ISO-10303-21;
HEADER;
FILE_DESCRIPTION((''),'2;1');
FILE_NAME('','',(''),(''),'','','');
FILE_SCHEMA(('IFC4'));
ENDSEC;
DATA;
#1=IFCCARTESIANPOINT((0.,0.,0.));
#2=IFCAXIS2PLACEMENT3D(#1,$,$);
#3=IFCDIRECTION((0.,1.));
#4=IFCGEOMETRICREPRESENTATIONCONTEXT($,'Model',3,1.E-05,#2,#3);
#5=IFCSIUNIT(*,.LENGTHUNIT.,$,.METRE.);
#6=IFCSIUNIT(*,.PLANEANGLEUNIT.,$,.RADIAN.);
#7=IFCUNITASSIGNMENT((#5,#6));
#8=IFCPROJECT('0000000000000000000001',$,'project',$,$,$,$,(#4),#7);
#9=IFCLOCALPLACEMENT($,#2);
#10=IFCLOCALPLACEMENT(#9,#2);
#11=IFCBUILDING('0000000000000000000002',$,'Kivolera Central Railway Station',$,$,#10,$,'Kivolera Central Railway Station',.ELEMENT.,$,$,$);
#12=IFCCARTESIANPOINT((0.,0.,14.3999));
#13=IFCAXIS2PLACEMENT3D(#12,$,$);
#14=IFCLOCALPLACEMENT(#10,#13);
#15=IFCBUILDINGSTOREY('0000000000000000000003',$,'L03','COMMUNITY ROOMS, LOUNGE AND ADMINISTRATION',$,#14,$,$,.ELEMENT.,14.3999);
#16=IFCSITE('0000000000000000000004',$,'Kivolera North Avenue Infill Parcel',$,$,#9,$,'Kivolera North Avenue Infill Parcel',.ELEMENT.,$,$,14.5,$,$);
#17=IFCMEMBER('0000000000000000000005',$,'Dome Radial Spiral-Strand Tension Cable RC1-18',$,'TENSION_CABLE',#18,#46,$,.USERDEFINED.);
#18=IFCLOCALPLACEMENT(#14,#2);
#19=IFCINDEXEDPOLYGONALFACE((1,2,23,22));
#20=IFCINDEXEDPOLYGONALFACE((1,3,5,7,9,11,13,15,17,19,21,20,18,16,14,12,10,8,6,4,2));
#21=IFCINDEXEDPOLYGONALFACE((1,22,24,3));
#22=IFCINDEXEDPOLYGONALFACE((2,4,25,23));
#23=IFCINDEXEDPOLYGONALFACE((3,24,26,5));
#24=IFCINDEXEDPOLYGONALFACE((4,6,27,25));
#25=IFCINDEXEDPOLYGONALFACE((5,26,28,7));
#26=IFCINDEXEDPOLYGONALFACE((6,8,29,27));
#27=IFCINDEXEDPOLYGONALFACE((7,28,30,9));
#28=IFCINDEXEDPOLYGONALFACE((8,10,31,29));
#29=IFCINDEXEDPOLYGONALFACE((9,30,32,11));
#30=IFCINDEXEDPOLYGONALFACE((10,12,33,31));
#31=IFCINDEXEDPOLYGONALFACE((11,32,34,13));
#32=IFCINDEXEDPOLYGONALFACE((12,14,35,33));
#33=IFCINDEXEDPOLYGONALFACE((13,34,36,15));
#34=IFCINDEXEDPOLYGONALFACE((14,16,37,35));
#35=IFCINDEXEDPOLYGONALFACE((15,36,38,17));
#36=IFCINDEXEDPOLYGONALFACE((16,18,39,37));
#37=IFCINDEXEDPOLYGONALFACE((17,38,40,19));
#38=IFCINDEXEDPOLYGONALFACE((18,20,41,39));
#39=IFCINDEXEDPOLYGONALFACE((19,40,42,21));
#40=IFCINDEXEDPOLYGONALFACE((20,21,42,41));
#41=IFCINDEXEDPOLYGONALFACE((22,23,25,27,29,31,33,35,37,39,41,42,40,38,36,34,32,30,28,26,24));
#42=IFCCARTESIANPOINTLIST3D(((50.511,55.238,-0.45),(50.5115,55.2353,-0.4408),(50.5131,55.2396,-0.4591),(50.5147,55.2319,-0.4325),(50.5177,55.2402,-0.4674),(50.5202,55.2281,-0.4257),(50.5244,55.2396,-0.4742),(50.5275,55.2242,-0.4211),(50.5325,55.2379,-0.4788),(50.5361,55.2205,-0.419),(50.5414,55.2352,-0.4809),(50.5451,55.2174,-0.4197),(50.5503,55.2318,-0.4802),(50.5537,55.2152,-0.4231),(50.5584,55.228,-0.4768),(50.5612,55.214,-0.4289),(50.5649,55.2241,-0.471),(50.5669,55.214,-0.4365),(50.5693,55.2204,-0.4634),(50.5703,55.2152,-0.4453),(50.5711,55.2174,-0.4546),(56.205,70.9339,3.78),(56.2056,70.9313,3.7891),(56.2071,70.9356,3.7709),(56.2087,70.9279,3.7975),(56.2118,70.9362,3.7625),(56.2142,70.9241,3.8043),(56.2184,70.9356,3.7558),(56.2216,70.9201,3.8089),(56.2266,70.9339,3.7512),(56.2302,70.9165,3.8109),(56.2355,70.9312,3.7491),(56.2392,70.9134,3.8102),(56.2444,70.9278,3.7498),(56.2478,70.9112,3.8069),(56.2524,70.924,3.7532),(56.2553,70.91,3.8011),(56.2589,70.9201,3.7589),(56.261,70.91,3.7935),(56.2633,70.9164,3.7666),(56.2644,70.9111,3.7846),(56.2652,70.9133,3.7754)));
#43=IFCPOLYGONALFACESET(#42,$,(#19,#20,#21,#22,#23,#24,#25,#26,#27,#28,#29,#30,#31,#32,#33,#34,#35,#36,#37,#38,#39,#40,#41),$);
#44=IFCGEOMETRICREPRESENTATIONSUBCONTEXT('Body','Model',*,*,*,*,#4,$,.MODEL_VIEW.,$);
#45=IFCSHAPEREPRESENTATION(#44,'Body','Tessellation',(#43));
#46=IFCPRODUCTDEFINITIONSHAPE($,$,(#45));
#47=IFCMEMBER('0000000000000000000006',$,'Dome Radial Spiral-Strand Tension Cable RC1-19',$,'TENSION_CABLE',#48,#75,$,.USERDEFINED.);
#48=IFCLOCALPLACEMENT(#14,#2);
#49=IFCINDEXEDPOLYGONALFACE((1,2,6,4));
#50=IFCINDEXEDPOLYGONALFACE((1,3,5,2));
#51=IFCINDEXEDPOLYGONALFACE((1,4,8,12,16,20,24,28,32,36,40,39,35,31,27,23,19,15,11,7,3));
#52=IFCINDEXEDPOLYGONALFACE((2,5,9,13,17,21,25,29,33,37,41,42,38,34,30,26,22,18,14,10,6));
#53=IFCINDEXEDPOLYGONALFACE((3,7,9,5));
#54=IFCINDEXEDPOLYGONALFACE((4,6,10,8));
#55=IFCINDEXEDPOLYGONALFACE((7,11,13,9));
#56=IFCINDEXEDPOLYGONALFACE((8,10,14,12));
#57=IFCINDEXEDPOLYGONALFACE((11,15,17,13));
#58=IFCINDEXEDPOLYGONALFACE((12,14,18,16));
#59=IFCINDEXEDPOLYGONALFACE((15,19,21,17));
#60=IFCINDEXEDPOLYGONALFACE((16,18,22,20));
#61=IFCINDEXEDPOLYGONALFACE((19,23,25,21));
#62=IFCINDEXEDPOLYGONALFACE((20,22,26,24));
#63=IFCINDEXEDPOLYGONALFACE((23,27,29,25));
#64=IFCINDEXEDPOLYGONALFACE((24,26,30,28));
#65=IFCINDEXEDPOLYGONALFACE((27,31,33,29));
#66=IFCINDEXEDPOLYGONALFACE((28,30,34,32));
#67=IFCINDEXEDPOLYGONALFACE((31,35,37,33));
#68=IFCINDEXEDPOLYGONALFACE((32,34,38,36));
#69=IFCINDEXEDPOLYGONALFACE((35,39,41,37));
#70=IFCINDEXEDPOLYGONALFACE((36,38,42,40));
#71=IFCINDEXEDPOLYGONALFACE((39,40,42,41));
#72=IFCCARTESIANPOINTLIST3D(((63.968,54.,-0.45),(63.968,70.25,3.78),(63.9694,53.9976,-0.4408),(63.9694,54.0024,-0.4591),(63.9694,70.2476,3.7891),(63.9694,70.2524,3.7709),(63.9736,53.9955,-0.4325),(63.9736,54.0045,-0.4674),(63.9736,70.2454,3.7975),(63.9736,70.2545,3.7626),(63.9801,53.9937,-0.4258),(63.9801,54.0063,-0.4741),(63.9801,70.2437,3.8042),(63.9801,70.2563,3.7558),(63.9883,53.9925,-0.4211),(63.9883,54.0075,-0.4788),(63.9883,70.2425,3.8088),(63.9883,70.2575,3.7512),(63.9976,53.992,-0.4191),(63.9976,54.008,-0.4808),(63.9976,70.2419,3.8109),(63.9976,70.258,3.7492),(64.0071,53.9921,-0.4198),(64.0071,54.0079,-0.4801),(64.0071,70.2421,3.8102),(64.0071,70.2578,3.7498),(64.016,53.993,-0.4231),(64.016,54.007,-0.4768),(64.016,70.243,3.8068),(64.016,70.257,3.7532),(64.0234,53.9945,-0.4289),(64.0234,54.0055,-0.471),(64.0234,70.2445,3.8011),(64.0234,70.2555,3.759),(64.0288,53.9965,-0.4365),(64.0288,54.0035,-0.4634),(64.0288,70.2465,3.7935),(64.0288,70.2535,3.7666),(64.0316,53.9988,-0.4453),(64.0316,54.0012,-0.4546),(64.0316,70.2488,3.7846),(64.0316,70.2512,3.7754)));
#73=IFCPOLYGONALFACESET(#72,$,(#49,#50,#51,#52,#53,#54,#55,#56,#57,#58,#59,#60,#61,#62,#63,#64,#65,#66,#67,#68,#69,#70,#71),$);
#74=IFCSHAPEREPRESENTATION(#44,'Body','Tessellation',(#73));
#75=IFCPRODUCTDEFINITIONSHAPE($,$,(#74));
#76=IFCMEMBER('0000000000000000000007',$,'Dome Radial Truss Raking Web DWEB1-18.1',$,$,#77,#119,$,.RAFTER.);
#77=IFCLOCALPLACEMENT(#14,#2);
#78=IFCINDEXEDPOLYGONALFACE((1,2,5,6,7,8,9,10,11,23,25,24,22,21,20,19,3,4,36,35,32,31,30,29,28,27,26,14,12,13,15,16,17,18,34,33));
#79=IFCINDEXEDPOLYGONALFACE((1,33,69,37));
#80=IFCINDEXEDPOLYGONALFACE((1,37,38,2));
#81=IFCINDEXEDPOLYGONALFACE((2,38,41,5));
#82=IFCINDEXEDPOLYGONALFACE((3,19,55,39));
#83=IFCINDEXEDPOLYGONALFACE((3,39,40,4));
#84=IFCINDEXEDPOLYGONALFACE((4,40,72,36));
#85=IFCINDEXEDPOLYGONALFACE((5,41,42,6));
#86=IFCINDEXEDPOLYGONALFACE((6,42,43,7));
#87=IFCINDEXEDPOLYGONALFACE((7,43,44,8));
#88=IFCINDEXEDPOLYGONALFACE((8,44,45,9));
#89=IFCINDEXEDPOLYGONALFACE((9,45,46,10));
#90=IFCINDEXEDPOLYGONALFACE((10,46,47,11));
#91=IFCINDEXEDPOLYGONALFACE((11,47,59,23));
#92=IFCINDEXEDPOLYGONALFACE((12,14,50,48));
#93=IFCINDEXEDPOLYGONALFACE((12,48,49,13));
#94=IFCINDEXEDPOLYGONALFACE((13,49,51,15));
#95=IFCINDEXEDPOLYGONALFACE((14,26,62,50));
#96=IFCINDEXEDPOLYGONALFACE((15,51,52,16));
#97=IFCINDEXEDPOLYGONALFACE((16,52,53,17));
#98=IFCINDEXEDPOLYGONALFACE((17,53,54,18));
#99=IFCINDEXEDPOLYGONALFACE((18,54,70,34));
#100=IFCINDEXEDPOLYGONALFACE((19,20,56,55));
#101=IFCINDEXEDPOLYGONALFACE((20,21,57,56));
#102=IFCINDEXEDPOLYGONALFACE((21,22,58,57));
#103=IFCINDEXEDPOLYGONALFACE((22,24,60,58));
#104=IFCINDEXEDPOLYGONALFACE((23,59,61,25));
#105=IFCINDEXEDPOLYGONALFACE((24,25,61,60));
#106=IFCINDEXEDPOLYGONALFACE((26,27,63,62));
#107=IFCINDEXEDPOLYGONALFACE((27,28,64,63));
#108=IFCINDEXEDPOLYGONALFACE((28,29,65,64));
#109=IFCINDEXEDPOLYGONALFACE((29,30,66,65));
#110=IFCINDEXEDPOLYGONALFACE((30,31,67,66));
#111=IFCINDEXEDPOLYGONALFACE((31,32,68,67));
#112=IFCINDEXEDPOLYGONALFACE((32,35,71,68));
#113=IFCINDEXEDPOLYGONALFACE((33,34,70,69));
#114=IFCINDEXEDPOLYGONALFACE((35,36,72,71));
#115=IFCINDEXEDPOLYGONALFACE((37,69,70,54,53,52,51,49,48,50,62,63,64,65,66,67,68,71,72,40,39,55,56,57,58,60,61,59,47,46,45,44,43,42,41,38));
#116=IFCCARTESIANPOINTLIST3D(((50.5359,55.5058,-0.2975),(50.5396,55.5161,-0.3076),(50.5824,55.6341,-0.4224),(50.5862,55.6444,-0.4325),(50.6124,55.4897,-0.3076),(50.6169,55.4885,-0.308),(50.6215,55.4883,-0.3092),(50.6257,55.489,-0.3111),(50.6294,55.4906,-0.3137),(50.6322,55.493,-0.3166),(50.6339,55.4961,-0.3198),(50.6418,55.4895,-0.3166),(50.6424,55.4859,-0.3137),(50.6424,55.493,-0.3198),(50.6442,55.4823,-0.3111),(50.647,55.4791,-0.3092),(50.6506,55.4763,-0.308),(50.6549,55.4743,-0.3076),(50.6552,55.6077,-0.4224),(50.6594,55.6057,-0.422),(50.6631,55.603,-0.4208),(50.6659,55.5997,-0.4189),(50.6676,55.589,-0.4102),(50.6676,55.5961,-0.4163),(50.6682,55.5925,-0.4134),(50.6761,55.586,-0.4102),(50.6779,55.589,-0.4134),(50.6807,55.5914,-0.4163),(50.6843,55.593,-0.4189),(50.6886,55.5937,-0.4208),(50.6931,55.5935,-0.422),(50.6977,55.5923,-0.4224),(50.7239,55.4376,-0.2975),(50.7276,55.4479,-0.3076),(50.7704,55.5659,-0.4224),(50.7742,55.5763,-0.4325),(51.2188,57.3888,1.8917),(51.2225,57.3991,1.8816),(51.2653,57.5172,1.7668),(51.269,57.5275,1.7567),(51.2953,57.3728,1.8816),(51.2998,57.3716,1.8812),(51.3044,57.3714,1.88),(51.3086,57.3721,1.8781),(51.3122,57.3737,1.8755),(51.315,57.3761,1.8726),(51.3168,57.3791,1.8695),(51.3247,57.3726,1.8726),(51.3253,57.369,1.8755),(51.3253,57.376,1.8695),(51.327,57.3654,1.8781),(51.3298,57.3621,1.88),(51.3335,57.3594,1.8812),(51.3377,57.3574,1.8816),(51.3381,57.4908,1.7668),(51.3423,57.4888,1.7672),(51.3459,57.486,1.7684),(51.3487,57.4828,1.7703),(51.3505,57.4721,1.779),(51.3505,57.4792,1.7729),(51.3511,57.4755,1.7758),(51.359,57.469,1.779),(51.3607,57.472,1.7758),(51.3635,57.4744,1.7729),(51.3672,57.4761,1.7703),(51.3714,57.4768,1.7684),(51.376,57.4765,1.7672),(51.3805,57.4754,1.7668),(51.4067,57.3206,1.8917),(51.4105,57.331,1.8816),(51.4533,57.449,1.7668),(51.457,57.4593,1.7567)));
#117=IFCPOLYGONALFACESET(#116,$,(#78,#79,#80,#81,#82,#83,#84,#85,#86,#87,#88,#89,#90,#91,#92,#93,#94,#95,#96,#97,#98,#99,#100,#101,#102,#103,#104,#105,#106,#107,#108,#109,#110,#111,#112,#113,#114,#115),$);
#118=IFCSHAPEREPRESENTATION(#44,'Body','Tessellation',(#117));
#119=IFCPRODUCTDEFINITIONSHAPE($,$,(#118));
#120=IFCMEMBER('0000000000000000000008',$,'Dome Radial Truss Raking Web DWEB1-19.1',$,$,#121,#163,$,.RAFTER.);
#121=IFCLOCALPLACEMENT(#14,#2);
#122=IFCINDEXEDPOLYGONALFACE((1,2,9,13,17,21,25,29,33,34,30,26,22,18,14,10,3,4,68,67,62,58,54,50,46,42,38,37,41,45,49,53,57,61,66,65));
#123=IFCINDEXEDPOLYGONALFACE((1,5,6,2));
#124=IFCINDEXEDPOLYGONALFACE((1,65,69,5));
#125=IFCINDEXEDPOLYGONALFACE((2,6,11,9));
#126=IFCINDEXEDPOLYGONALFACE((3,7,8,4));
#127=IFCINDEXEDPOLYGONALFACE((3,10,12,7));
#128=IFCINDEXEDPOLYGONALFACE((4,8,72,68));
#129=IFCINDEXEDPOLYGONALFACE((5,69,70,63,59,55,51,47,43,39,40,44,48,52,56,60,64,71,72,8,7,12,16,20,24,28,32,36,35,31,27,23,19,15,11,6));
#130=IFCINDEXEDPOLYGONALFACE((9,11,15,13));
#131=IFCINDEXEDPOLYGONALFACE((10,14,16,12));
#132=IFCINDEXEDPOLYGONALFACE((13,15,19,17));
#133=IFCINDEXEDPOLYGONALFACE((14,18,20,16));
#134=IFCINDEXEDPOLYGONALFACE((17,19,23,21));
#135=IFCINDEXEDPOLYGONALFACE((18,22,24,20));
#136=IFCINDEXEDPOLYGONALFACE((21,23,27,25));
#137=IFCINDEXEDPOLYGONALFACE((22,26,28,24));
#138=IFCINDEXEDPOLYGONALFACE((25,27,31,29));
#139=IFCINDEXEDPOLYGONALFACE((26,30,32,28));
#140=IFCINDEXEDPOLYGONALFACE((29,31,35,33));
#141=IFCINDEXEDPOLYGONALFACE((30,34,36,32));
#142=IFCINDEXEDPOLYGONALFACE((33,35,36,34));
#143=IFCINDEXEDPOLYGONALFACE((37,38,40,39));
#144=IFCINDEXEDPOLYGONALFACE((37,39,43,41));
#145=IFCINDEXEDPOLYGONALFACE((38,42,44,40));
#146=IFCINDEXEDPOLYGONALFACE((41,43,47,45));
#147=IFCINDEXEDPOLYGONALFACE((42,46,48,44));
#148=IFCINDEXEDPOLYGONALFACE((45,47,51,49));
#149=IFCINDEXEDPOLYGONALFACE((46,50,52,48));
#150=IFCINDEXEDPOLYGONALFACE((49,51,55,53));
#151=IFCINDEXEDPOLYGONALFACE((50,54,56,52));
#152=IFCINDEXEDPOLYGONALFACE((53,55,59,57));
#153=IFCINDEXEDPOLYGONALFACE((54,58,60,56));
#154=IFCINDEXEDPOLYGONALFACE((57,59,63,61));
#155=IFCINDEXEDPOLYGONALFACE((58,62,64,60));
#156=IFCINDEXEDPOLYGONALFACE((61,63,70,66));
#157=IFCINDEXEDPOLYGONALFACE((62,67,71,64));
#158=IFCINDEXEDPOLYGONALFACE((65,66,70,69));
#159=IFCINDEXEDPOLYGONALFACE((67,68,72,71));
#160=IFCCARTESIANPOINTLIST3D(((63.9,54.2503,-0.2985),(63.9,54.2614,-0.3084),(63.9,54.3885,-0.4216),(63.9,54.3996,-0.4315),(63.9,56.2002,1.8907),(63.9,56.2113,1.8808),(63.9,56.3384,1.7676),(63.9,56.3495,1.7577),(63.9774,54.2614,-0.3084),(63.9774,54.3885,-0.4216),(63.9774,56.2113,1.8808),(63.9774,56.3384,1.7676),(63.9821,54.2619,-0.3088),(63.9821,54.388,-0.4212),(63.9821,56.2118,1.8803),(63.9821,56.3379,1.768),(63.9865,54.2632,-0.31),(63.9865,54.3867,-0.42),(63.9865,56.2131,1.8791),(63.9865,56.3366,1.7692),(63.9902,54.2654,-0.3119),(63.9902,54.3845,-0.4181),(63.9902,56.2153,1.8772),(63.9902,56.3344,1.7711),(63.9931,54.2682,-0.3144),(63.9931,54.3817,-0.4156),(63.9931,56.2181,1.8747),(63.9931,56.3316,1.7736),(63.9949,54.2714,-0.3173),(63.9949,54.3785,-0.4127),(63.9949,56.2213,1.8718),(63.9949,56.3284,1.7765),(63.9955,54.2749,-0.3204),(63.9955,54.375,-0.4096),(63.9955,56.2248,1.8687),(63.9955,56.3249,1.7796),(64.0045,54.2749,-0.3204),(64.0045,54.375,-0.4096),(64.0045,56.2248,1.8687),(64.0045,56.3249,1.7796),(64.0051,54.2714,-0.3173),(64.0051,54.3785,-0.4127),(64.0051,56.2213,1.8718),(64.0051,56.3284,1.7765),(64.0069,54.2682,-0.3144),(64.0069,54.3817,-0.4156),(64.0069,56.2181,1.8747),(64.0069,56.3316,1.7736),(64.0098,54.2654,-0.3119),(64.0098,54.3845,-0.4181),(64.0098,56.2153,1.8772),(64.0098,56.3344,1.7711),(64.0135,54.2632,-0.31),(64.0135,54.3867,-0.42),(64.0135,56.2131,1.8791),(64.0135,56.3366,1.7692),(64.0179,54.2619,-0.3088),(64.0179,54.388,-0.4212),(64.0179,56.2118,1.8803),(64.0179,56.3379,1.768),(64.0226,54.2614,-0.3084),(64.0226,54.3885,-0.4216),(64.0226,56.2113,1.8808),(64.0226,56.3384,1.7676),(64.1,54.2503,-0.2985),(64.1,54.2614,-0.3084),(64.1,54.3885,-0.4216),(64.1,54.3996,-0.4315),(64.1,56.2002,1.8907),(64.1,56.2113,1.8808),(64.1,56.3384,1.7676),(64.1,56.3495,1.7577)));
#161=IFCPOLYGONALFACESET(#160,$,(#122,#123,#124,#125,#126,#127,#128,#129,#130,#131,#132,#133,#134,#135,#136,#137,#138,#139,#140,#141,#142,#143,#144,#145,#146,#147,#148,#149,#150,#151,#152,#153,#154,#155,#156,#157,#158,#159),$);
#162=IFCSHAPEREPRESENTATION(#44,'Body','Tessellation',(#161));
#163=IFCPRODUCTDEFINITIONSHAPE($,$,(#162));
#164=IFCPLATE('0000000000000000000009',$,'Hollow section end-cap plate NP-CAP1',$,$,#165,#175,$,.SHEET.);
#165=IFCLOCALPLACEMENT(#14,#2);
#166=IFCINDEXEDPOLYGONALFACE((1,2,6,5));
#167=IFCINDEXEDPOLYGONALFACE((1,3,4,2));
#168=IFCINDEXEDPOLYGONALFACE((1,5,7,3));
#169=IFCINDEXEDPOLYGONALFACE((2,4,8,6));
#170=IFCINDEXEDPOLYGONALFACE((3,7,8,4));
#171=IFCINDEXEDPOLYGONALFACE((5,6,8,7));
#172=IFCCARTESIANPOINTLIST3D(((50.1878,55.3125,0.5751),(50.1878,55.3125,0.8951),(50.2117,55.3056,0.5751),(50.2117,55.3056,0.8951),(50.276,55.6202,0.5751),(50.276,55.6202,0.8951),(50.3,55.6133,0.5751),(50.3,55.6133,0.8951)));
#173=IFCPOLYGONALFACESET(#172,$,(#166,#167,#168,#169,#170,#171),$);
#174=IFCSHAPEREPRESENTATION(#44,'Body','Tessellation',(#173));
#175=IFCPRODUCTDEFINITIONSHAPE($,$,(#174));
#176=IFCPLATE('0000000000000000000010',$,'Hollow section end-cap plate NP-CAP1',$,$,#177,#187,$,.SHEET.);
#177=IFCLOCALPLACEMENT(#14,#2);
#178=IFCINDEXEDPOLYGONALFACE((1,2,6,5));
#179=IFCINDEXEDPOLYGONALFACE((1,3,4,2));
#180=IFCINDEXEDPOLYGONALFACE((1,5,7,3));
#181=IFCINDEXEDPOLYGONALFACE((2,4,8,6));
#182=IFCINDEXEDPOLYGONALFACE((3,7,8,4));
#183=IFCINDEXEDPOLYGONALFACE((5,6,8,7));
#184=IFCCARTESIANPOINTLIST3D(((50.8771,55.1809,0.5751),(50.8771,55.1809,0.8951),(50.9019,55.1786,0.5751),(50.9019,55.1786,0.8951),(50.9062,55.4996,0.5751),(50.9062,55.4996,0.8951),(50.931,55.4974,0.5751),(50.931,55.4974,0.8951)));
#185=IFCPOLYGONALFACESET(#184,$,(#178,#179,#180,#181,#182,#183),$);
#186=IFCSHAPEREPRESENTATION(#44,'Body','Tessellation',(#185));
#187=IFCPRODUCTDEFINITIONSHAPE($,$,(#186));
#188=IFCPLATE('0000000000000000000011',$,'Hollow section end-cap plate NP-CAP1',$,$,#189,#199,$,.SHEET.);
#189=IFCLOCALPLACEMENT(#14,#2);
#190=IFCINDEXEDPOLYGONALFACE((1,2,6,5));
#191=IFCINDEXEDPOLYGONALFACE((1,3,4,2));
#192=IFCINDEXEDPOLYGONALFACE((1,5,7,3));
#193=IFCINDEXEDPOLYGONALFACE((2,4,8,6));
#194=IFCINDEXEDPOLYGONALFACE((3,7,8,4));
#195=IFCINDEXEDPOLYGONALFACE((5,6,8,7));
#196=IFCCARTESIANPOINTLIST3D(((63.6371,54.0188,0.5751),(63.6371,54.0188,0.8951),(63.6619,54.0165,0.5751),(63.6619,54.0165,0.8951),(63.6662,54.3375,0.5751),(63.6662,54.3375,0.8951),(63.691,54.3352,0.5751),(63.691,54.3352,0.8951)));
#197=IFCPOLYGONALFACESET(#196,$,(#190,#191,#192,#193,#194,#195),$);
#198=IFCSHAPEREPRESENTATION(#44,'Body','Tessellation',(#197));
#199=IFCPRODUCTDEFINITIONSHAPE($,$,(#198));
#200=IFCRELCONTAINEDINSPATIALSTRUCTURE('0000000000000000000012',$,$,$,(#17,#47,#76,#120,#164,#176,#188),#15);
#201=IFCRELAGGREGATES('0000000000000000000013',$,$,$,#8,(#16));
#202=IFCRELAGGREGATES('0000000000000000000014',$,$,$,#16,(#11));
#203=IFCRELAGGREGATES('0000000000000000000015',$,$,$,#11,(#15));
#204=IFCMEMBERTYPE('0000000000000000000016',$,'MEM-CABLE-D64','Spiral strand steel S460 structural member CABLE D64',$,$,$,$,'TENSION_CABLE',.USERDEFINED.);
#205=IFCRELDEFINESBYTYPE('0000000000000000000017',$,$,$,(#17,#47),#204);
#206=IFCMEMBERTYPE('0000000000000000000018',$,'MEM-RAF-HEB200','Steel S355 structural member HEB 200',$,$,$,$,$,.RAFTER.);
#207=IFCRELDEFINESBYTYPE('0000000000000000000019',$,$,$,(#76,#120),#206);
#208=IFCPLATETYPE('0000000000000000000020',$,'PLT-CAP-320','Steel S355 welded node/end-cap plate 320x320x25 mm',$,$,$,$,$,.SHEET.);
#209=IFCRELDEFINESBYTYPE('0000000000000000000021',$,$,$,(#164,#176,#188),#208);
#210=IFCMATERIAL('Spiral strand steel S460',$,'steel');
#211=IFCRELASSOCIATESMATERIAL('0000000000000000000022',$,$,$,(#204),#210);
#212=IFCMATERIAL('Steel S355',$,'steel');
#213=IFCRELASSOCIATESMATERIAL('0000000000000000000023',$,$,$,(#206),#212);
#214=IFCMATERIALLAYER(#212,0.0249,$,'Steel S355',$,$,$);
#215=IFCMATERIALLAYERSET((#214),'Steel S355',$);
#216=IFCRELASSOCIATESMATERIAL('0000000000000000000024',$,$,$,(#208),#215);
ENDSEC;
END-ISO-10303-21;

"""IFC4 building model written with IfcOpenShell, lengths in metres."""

from ifc_helpers import new_model, si_unit, direction, frame, origin, origin_2d, place, context, subcontext, project, spatial, rectangle, circle, i_section, extrude, material, layer, layer_set, material_profile, profile_set, type_object, element, save


model = new_model("IFC4")

# Units and contexts
model_context = context("Model", 3, precision=1e-05, world=origin(), true_north=direction((0.0, 1.0)))
body_context = subcontext(model_context, "Body", "Model", "MODEL_VIEW")
ifc_project = project(units=[si_unit("LENGTHUNIT", "METRE"), si_unit("PLANEANGLEUNIT", "RADIAN")], contexts=[model_context])

# Site, building, storey
site_placement = place(None, origin())
site = spatial("IfcSite", under=ifc_project, at=site_placement, Name="Kivolera North Avenue Infill Parcel", LongName="Kivolera North Avenue Infill Parcel", CompositionType="ELEMENT", RefElevation=14.5)
building_placement = place(site_placement, origin())
building = spatial("IfcBuilding", under=site, at=building_placement, Name="Kivolera Central Railway Station", LongName="Kivolera Central Railway Station", CompositionType="ELEMENT")
storey_placement = place(building_placement, frame((0.0, 0.0, 14.3999)))
storey = spatial("IfcBuildingStorey", under=building, at=storey_placement, Name="L03", Description="COMMUNITY ROOMS, LOUNGE AND ADMINISTRATION", CompositionType="ELEMENT", Elevation=14.3999)

# Shared definitions
ifc_material_1 = material(Name="Steel S355", Category="steel")

# Members
ifc_material_2 = material(Name="Spiral strand steel S460", Category="steel")
ifc_material_profile_1 = material_profile(ifc_material_2, circle(Radius=0.032, at=origin_2d()), Name="CABLE D64")
ifc_profile_set_1 = profile_set([ifc_material_profile_1], Name="Spiral strand steel S460")
member_type_1 = type_object("IfcMemberType", Name="MEM-CABLE-D64", Description="Spiral strand steel S460 structural member CABLE D64", ElementType="TENSION_CABLE", PredefinedType="USERDEFINED", material=ifc_profile_set_1)
member_1_placement = place(storey_placement, frame((50.541, 55.2271, -0.45), z_axis=(0.330582, 0.911266, 0.24558), x_axis=(-0.940054, 0.341026, 0.0)))
element("IfcMember", 1, at=member_1_placement, inside=storey, type_object=member_type_1, Name="Dome Radial Spiral-Strand Tension Cable RC1-18", ObjectType="TENSION_CABLE", PredefinedType="USERDEFINED", context=body_context, shape_type="SweptSolid", body=[
    extrude(circle(Radius=0.032, at=origin_2d()), origin(), (0.0, 0.0, 1.0), 17.2244),
])
member_2_placement = place(storey_placement, frame((64.0, 54.0, -0.45), z_axis=(0.0, 0.96775, 0.251912), x_axis=(-1.0, 0.0, 0.0)))
element("IfcMember", 2, at=member_2_placement, inside=storey, type_object=member_type_1, Name="Dome Radial Spiral-Strand Tension Cable RC1-19", ObjectType="TENSION_CABLE", PredefinedType="USERDEFINED", context=body_context, shape_type="SweptSolid", body=[
    extrude(circle(Radius=0.032, at=origin_2d()), origin(), (0.0, 0.0, 1.0), 16.7915),
])
ifc_material_profile_2 = material_profile(ifc_material_1, i_section(OverallWidth=0.2, OverallDepth=0.2, WebThickness=0.009, FlangeThickness=0.0149, FilletRadius=0.0181, at=origin_2d()), Name="HEB 200")
ifc_profile_set_2 = profile_set([ifc_material_profile_2], Name="Steel S355")
member_type_2 = type_object("IfcMemberType", Name="MEM-RAF-HEB200", Description="Steel S355 structural member HEB 200", PredefinedType="RAFTER", material=ifc_profile_set_2)
member_3_placement = place(storey_placement, frame((50.655, 55.541, -0.365), z_axis=(0.230129, 0.634604, 0.737779), x_axis=(-0.940096, 0.340911, 0.0)))
element("IfcMember", 3, at=member_3_placement, inside=storey, type_object=member_type_2, Name="Dome Radial Truss Raking Web DWEB1-18.1", PredefinedType="RAFTER", context=body_context, shape_type="SweptSolid", body=[
    extrude(i_section(OverallWidth=0.2, OverallDepth=0.2, WebThickness=0.009, FlangeThickness=0.0149, FilletRadius=0.0181, at=origin_2d()), origin(), (0.0, 0.0, 1.0), 2.9673),
])
member_4_placement = place(storey_placement, frame((64.0, 54.325, -0.365), z_axis=(0.0, 0.665123, 0.746734), x_axis=(-1.0, 0.0, 0.0)))
element("IfcMember", 4, at=member_4_placement, inside=storey, type_object=member_type_2, Name="Dome Radial Truss Raking Web DWEB1-19.1", PredefinedType="RAFTER", context=body_context, shape_type="SweptSolid", body=[
    extrude(i_section(OverallWidth=0.2, OverallDepth=0.2, WebThickness=0.009, FlangeThickness=0.0149, FilletRadius=0.0181, at=origin_2d()), origin(), (0.0, 0.0, 1.0), 2.9316),
])

# Plates
ifc_layer_1 = layer(ifc_material_1, 0.0249, Name="Steel S355")
ifc_layer_set_1 = layer_set([ifc_layer_1], Name="Steel S355")
plate_type_1 = type_object("IfcPlateType", Name="PLT-CAP-320", Description="Steel S355 welded node/end-cap plate 320x320x25 mm", PredefinedType="SHEET", material=ifc_layer_set_1)
for number, where, z_axis, x_axis, name in (
    (5, (50.2439, 55.4629, 0.7351), (0.961251, -0.275674, 0.0), (0.275674, 0.961251, 0.0), "Hollow section end-cap plate NP-CAP1"),
    (6, (50.9041, 55.3391, 0.7351), (0.995874, -0.090747, 0.0), (0.090747, 0.995874, 0.0), "Hollow section end-cap plate NP-CAP1"),
    (7, (63.6641, 54.177, 0.7351), (0.995874, -0.090747, 0.0), (0.090747, 0.995874, 0.0), "Hollow section end-cap plate NP-CAP1"),
):
    element("IfcPlate", number, at=place(storey_placement, frame(where, z_axis=z_axis, x_axis=x_axis)), inside=storey, type_object=plate_type_1, Name=name, PredefinedType="SHEET", context=body_context, shape_type="SweptSolid", body=[
        extrude(rectangle(XDim=0.3201, YDim=0.3201, at=origin_2d()), frame((0.0, 0.0, -0.0125)), (0.0, 0.0, 1.0), 0.0249),
    ])

save(model, "model.ifc")
